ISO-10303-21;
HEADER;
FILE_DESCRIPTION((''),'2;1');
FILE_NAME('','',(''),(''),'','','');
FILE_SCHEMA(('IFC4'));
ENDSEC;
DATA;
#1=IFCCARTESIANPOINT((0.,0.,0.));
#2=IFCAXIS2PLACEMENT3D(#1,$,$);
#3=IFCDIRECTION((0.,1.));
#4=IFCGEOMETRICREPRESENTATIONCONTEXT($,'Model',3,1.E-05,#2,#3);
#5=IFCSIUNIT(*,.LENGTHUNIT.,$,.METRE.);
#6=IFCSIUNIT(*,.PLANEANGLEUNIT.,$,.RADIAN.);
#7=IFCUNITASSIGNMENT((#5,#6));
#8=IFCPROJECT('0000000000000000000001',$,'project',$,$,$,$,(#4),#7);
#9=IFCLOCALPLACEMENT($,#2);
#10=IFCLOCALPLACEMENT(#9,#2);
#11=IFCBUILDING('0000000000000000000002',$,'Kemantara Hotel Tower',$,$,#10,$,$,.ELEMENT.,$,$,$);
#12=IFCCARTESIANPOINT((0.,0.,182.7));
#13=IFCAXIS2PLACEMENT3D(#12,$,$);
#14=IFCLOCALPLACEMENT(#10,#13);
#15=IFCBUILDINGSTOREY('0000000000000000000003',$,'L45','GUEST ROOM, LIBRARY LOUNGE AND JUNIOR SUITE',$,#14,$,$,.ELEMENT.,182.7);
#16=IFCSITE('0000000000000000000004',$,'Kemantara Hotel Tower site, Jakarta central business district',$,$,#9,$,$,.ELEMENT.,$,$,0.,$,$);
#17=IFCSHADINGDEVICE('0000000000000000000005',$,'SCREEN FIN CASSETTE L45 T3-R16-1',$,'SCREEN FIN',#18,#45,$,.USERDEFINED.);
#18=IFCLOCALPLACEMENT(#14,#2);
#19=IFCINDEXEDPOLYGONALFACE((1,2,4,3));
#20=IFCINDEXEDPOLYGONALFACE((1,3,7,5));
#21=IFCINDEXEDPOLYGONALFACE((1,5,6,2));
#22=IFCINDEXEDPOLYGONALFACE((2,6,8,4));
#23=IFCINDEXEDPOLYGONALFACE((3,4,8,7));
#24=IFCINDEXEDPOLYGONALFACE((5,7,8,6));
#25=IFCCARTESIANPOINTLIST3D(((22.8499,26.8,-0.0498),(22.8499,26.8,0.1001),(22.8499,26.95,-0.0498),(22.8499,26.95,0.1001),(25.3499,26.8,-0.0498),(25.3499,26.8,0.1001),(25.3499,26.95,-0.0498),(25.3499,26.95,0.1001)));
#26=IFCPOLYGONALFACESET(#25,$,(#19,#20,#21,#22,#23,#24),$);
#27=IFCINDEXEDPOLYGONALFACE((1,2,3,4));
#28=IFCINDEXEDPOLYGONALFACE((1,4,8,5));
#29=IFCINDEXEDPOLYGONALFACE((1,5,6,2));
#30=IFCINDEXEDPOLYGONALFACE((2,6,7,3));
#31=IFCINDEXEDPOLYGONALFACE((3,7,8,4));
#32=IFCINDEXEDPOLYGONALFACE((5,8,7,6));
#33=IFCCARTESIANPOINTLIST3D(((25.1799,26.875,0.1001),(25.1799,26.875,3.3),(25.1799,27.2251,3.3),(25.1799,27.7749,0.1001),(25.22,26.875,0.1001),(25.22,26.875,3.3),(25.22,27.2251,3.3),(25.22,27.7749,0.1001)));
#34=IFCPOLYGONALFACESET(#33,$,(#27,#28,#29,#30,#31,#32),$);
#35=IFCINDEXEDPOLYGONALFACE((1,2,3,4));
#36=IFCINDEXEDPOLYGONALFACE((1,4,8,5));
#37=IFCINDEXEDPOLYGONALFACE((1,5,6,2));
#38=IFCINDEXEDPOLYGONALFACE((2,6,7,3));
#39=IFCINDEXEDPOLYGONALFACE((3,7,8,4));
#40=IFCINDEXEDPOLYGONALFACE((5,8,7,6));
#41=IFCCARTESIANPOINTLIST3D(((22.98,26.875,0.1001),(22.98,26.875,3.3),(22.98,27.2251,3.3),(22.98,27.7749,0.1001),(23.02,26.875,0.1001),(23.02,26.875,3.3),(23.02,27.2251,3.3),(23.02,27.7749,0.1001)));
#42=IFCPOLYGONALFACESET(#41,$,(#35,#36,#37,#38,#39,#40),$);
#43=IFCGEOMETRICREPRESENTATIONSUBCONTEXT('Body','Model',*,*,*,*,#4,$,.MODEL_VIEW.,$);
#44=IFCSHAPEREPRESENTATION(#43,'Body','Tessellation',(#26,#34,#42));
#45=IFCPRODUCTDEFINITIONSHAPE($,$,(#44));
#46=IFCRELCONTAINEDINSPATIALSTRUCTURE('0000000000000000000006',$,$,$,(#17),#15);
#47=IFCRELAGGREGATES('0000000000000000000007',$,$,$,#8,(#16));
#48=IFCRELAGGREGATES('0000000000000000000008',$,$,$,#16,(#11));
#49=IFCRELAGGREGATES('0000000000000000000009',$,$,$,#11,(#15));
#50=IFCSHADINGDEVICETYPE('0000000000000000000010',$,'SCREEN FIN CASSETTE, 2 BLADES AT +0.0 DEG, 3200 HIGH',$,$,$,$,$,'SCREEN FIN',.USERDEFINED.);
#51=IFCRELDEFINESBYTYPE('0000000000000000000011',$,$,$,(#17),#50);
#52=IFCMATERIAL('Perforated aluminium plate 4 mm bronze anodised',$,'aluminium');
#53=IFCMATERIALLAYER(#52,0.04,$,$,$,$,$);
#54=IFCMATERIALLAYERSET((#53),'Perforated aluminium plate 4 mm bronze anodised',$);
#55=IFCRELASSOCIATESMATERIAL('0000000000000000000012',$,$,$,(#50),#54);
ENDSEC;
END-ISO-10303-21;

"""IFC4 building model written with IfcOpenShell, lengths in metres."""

from ifc_helpers import new_model, si_unit, direction, frame, origin, origin_2d, place, context, subcontext, project, spatial, polyline, rectangle, outline, extrude, source, transform, mapped, material, layer, layer_set, type_object, element, save


model = new_model("IFC4")

# Units and contexts
model_context = context("Model", 3, precision=1e-05, world=origin(), true_north=direction((0.0, 1.0)))
body_context = subcontext(model_context, "Body", "Model", "MODEL_VIEW")
ifc_project = project(units=[si_unit("LENGTHUNIT", "METRE"), si_unit("PLANEANGLEUNIT", "RADIAN")], contexts=[model_context])

# Site, building, storey
site_placement = place(None, origin())
site = spatial("IfcSite", under=ifc_project, at=site_placement, Name="Kemantara Hotel Tower site, Jakarta central business district", CompositionType="ELEMENT", RefElevation=0.0)
building_placement = place(site_placement, origin())
building = spatial("IfcBuilding", under=site, at=building_placement, Name="Kemantara Hotel Tower", CompositionType="ELEMENT")
storey_placement = place(building_placement, frame((0.0, 0.0, 182.7)))
storey = spatial("IfcBuildingStorey", under=building, at=storey_placement, Name="L45", Description="GUEST ROOM, LIBRARY LOUNGE AND JUNIOR SUITE", CompositionType="ELEMENT", Elevation=182.7)

# Shading device
ifc_material_1 = material(Name="Perforated aluminium plate 4 mm bronze anodised", Category="aluminium")
ifc_layer_1 = layer(ifc_material_1, 0.04)
ifc_layer_set_1 = layer_set([ifc_layer_1], Name="Perforated aluminium plate 4 mm bronze anodised")
shading_device_type_1 = type_object("IfcShadingDeviceType", Name="SCREEN FIN CASSETTE, 2 BLADES AT +0.0 DEG, 3200 HIGH", ElementType="SCREEN FIN", PredefinedType="USERDEFINED", material=ifc_layer_set_1)
shared_shape_1 = source(origin(), body_context, "Body", "SweptSolid", [
    extrude(rectangle(XDim=2.5, YDim=0.1499, at=origin_2d()), frame((1.1001, -0.075, -0.1499), z_axis=(0.0, 0.0, 1.0), x_axis=(1.0, 0.0, 0.0)), (0.0, 0.0, 1.0), 0.1499),
    extrude(outline(polyline([(0.0, 0.0), (0.8999, 0.0), (0.3501, 3.2), (0.0, 3.2), (0.0, 0.0)])), frame((0.02, -0.075, 0.0), z_axis=(-1.0, 0.0, 0.0), x_axis=(0.0, -1.0, 0.0)), (0.0, 0.0, 1.0), 0.04),
    extrude(outline(polyline([(0.0, 0.0), (0.8999, 0.0), (0.3501, 3.2), (0.0, 3.2), (0.0, 0.0)])), frame((2.22, -0.075, 0.0), z_axis=(-1.0, 0.0, 0.0), x_axis=(0.0, -1.0, 0.0)), (0.0, 0.0, 1.0), 0.04),
])
for number, where, z_axis, x_axis, name in (
    (1, (25.2, 26.8, 0.1001), (0.0, 0.0, 1.0), (-1.0, 0.0, 0.0), "SCREEN FIN CASSETTE L45 T3-R16-1"),
):
    element("IfcShadingDevice", number, at=place(storey_placement, frame(where, z_axis=z_axis, x_axis=x_axis)), inside=storey, type_object=shading_device_type_1, Name=name, ObjectType="SCREEN FIN", PredefinedType="USERDEFINED", context=body_context, shape_type="MappedRepresentation", body=[
        mapped(shared_shape_1, transform((0.0, 0.0, 0.0))),
    ])

save(model, "model.ifc")
